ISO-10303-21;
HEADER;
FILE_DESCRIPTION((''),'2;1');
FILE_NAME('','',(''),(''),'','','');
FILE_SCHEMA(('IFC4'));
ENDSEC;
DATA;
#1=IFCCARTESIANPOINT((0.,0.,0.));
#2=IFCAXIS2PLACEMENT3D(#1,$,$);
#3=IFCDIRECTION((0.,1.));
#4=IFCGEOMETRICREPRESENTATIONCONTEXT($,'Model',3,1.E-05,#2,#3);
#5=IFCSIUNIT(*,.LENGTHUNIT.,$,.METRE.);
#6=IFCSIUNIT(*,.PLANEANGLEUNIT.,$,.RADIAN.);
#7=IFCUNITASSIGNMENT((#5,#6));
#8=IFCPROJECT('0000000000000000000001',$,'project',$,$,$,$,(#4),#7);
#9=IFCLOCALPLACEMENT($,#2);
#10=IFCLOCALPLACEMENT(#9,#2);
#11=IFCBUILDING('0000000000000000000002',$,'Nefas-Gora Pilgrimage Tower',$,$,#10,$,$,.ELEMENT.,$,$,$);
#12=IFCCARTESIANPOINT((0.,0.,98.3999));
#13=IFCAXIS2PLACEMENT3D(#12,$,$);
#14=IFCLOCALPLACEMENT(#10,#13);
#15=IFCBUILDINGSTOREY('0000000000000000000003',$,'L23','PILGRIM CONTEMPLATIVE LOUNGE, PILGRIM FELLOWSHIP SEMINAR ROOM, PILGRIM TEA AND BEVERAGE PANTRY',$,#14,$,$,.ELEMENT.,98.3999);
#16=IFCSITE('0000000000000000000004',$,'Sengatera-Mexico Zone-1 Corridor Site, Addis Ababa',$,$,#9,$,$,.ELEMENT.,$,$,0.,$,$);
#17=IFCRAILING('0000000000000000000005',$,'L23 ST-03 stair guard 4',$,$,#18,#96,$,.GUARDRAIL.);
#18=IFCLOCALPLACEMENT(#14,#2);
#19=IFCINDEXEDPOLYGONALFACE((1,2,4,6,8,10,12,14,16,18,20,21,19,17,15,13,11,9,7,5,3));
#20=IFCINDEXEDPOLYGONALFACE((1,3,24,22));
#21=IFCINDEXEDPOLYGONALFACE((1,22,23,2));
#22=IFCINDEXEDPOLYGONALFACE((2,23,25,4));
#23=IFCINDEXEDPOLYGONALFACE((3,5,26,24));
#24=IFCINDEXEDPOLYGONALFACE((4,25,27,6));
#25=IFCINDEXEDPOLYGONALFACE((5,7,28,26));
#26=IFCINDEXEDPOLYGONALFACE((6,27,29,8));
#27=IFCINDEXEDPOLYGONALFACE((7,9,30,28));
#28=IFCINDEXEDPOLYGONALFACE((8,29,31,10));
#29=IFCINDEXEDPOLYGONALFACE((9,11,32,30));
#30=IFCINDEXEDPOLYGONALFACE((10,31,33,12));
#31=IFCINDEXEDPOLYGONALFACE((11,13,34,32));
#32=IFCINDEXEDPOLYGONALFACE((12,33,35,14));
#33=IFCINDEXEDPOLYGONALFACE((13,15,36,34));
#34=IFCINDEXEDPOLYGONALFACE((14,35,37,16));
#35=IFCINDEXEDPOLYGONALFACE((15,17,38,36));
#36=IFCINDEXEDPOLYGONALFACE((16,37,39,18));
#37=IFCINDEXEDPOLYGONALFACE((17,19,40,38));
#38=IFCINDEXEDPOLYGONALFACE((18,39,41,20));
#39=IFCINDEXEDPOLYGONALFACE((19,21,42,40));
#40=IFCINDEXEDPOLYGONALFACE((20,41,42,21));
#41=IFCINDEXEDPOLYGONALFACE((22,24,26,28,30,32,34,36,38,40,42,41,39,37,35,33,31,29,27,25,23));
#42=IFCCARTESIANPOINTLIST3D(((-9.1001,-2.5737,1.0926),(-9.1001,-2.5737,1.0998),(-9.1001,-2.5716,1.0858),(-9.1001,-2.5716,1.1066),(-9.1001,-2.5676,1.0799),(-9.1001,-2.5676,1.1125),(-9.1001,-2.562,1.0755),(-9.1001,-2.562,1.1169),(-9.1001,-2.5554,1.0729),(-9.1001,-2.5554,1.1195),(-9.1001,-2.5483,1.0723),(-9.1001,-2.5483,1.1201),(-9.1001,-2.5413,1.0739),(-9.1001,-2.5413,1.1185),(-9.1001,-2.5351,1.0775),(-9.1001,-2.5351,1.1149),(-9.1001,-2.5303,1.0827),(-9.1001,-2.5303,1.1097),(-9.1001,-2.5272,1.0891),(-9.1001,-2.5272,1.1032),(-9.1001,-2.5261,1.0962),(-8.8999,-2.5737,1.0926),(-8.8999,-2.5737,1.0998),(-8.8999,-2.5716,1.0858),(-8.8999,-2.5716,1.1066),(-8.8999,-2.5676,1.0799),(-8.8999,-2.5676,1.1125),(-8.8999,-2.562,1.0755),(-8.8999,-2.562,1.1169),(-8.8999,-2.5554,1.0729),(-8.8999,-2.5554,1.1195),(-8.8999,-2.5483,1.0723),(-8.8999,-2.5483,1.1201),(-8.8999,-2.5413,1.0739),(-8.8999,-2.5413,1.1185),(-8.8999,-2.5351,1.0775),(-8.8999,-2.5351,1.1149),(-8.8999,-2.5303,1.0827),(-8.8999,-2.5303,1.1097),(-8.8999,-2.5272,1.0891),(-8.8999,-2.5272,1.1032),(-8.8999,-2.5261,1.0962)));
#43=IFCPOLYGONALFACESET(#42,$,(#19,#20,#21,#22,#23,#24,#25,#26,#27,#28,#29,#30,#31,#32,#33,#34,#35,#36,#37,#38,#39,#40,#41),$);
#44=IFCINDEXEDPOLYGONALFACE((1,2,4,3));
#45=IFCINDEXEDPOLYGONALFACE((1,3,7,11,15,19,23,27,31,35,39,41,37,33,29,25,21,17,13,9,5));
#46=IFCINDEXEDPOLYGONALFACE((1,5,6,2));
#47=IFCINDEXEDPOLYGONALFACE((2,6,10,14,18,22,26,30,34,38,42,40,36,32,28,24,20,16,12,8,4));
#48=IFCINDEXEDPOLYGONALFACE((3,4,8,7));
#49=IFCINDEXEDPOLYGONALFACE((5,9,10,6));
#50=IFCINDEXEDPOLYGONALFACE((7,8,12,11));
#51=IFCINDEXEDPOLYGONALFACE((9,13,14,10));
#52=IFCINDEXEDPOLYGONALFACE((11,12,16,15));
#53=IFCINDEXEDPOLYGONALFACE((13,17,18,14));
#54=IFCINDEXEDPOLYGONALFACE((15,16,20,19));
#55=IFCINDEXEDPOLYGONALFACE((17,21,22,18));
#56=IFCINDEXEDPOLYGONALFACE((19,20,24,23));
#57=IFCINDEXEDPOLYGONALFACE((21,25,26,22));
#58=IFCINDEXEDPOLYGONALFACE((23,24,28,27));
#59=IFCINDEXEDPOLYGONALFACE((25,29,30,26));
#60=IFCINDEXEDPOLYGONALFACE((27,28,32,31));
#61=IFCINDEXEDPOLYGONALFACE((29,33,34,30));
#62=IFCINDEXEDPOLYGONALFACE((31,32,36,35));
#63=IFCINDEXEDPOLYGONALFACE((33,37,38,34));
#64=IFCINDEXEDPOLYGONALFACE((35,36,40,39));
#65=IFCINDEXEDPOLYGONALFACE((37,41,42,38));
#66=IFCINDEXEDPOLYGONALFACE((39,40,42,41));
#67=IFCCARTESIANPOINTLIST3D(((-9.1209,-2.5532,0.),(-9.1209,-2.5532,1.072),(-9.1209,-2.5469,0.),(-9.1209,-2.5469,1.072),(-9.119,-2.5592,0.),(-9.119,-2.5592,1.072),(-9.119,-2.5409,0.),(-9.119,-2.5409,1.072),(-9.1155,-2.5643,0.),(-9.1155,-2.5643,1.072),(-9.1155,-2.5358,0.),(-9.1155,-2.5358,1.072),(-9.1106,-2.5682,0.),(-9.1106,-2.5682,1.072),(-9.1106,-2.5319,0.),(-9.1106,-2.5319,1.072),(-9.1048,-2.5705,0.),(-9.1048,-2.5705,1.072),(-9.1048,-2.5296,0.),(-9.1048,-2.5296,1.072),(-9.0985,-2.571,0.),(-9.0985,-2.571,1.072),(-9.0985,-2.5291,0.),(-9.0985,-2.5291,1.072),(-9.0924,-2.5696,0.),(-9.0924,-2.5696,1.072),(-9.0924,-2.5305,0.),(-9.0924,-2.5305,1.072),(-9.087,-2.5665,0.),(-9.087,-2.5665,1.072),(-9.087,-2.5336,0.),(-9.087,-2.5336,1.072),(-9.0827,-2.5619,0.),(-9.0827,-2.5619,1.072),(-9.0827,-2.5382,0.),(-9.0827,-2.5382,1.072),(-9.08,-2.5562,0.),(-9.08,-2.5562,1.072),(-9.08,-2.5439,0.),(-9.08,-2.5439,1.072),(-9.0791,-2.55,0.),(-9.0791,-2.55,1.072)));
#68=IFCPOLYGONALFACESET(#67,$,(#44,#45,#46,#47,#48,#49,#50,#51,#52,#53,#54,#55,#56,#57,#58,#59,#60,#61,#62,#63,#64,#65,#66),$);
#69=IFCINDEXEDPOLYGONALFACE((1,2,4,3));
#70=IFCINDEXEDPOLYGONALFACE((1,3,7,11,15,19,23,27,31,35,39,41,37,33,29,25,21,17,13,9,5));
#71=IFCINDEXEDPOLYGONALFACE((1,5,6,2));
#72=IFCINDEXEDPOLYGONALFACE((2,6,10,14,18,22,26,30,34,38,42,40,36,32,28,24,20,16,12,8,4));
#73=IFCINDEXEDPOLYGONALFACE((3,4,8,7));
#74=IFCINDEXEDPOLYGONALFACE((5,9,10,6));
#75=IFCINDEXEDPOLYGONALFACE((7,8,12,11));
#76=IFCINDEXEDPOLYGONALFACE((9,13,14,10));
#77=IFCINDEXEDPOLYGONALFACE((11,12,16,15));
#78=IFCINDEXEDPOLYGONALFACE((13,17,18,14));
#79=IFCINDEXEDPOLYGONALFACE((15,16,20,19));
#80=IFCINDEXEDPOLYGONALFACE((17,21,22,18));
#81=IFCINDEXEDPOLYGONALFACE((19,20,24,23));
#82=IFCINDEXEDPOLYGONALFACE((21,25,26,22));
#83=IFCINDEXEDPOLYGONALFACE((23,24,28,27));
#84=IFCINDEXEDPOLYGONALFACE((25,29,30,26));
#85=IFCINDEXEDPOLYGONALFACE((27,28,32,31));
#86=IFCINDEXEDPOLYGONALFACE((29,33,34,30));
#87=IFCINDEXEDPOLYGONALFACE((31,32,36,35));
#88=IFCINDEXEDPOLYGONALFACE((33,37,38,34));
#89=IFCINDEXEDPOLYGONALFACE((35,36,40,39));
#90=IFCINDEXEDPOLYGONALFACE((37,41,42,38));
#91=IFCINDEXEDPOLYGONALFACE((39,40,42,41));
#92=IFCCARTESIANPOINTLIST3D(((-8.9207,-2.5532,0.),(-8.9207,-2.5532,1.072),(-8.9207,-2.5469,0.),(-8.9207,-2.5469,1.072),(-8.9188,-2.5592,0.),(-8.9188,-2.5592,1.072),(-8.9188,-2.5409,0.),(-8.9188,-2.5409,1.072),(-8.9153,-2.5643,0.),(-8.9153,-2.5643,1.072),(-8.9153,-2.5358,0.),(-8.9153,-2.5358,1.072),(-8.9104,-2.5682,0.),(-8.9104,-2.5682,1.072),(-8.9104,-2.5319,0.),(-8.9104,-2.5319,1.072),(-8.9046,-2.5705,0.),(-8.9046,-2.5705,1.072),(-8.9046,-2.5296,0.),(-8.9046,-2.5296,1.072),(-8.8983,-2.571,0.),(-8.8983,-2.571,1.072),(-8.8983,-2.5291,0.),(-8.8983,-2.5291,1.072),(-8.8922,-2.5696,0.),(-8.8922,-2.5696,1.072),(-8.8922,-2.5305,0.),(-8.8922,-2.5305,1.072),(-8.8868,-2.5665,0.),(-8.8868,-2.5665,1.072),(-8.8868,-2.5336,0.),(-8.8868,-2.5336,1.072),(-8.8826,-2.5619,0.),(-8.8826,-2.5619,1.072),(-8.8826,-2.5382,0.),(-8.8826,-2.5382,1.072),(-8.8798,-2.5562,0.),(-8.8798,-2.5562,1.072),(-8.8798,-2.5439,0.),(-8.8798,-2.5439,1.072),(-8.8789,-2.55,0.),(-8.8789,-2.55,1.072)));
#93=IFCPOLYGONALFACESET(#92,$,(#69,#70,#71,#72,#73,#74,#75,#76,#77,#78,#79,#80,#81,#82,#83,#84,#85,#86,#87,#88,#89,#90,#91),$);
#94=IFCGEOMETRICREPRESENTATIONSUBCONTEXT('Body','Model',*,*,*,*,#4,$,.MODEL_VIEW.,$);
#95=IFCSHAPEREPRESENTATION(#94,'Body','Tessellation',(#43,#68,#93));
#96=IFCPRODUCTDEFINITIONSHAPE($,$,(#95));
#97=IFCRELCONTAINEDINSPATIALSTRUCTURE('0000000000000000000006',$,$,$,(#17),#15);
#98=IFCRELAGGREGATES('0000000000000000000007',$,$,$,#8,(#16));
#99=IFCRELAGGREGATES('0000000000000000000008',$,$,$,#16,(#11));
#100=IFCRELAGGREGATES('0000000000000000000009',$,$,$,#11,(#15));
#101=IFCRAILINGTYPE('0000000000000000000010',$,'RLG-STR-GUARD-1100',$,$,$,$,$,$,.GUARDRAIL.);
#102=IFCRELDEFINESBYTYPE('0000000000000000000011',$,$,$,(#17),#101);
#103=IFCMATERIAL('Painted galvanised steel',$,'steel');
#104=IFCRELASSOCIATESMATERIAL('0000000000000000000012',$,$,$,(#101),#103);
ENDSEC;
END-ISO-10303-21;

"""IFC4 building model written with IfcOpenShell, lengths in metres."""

from ifc_helpers import new_model, si_unit, direction, frame, origin, origin_2d, place, context, subcontext, project, spatial, circle, extrude, material, type_object, element, save


model = new_model("IFC4")

# Units and contexts
model_context = context("Model", 3, precision=1e-05, world=origin(), true_north=direction((0.0, 1.0)))
body_context = subcontext(model_context, "Body", "Model", "MODEL_VIEW")
ifc_project = project(units=[si_unit("LENGTHUNIT", "METRE"), si_unit("PLANEANGLEUNIT", "RADIAN")], contexts=[model_context])

# Site, building, storey
site_placement = place(None, origin())
site = spatial("IfcSite", under=ifc_project, at=site_placement, Name="Sengatera-Mexico Zone-1 Corridor Site, Addis Ababa", CompositionType="ELEMENT", RefElevation=0.0)
building_placement = place(site_placement, origin())
building = spatial("IfcBuilding", under=site, at=building_placement, Name="Nefas-Gora Pilgrimage Tower", CompositionType="ELEMENT")
storey_placement = place(building_placement, frame((0.0, 0.0, 98.3999)))
storey = spatial("IfcBuildingStorey", under=building, at=storey_placement, Name="L23", Description="PILGRIM CONTEMPLATIVE LOUNGE, PILGRIM FELLOWSHIP SEMINAR ROOM, PILGRIM TEA AND BEVERAGE PANTRY", CompositionType="ELEMENT", Elevation=98.3999)

# Railing
ifc_material_1 = material(Name="Painted galvanised steel", Category="steel")
railing_type_1 = type_object("IfcRailingType", Name="RLG-STR-GUARD-1100", PredefinedType="GUARDRAIL", material=ifc_material_1)
railing_1_placement = place(storey_placement, frame((-9.1001, -2.55, 0.0)))
element("IfcRailing", 1, at=railing_1_placement, inside=storey, type_object=railing_type_1, Name="L23 ST-03 stair guard 4", PredefinedType="GUARDRAIL", context=body_context, shape_type="SweptSolid", body=[
    extrude(circle(Radius=0.0239, at=origin_2d()), frame((0.0, 0.0, 1.0962), z_axis=(1.0, 0.0, 0.0), x_axis=(0.0, 1.0, 0.0)), (0.0, 0.0, 1.0), 0.2002),
    extrude(circle(Radius=0.021, at=origin_2d()), origin(), (0.0, 0.0, 1.0), 1.072),
    extrude(circle(Radius=0.021, at=origin_2d()), frame((0.2002, 0.0, 0.0)), (0.0, 0.0, 1.0), 1.072),
])

save(model, "model.ifc")
